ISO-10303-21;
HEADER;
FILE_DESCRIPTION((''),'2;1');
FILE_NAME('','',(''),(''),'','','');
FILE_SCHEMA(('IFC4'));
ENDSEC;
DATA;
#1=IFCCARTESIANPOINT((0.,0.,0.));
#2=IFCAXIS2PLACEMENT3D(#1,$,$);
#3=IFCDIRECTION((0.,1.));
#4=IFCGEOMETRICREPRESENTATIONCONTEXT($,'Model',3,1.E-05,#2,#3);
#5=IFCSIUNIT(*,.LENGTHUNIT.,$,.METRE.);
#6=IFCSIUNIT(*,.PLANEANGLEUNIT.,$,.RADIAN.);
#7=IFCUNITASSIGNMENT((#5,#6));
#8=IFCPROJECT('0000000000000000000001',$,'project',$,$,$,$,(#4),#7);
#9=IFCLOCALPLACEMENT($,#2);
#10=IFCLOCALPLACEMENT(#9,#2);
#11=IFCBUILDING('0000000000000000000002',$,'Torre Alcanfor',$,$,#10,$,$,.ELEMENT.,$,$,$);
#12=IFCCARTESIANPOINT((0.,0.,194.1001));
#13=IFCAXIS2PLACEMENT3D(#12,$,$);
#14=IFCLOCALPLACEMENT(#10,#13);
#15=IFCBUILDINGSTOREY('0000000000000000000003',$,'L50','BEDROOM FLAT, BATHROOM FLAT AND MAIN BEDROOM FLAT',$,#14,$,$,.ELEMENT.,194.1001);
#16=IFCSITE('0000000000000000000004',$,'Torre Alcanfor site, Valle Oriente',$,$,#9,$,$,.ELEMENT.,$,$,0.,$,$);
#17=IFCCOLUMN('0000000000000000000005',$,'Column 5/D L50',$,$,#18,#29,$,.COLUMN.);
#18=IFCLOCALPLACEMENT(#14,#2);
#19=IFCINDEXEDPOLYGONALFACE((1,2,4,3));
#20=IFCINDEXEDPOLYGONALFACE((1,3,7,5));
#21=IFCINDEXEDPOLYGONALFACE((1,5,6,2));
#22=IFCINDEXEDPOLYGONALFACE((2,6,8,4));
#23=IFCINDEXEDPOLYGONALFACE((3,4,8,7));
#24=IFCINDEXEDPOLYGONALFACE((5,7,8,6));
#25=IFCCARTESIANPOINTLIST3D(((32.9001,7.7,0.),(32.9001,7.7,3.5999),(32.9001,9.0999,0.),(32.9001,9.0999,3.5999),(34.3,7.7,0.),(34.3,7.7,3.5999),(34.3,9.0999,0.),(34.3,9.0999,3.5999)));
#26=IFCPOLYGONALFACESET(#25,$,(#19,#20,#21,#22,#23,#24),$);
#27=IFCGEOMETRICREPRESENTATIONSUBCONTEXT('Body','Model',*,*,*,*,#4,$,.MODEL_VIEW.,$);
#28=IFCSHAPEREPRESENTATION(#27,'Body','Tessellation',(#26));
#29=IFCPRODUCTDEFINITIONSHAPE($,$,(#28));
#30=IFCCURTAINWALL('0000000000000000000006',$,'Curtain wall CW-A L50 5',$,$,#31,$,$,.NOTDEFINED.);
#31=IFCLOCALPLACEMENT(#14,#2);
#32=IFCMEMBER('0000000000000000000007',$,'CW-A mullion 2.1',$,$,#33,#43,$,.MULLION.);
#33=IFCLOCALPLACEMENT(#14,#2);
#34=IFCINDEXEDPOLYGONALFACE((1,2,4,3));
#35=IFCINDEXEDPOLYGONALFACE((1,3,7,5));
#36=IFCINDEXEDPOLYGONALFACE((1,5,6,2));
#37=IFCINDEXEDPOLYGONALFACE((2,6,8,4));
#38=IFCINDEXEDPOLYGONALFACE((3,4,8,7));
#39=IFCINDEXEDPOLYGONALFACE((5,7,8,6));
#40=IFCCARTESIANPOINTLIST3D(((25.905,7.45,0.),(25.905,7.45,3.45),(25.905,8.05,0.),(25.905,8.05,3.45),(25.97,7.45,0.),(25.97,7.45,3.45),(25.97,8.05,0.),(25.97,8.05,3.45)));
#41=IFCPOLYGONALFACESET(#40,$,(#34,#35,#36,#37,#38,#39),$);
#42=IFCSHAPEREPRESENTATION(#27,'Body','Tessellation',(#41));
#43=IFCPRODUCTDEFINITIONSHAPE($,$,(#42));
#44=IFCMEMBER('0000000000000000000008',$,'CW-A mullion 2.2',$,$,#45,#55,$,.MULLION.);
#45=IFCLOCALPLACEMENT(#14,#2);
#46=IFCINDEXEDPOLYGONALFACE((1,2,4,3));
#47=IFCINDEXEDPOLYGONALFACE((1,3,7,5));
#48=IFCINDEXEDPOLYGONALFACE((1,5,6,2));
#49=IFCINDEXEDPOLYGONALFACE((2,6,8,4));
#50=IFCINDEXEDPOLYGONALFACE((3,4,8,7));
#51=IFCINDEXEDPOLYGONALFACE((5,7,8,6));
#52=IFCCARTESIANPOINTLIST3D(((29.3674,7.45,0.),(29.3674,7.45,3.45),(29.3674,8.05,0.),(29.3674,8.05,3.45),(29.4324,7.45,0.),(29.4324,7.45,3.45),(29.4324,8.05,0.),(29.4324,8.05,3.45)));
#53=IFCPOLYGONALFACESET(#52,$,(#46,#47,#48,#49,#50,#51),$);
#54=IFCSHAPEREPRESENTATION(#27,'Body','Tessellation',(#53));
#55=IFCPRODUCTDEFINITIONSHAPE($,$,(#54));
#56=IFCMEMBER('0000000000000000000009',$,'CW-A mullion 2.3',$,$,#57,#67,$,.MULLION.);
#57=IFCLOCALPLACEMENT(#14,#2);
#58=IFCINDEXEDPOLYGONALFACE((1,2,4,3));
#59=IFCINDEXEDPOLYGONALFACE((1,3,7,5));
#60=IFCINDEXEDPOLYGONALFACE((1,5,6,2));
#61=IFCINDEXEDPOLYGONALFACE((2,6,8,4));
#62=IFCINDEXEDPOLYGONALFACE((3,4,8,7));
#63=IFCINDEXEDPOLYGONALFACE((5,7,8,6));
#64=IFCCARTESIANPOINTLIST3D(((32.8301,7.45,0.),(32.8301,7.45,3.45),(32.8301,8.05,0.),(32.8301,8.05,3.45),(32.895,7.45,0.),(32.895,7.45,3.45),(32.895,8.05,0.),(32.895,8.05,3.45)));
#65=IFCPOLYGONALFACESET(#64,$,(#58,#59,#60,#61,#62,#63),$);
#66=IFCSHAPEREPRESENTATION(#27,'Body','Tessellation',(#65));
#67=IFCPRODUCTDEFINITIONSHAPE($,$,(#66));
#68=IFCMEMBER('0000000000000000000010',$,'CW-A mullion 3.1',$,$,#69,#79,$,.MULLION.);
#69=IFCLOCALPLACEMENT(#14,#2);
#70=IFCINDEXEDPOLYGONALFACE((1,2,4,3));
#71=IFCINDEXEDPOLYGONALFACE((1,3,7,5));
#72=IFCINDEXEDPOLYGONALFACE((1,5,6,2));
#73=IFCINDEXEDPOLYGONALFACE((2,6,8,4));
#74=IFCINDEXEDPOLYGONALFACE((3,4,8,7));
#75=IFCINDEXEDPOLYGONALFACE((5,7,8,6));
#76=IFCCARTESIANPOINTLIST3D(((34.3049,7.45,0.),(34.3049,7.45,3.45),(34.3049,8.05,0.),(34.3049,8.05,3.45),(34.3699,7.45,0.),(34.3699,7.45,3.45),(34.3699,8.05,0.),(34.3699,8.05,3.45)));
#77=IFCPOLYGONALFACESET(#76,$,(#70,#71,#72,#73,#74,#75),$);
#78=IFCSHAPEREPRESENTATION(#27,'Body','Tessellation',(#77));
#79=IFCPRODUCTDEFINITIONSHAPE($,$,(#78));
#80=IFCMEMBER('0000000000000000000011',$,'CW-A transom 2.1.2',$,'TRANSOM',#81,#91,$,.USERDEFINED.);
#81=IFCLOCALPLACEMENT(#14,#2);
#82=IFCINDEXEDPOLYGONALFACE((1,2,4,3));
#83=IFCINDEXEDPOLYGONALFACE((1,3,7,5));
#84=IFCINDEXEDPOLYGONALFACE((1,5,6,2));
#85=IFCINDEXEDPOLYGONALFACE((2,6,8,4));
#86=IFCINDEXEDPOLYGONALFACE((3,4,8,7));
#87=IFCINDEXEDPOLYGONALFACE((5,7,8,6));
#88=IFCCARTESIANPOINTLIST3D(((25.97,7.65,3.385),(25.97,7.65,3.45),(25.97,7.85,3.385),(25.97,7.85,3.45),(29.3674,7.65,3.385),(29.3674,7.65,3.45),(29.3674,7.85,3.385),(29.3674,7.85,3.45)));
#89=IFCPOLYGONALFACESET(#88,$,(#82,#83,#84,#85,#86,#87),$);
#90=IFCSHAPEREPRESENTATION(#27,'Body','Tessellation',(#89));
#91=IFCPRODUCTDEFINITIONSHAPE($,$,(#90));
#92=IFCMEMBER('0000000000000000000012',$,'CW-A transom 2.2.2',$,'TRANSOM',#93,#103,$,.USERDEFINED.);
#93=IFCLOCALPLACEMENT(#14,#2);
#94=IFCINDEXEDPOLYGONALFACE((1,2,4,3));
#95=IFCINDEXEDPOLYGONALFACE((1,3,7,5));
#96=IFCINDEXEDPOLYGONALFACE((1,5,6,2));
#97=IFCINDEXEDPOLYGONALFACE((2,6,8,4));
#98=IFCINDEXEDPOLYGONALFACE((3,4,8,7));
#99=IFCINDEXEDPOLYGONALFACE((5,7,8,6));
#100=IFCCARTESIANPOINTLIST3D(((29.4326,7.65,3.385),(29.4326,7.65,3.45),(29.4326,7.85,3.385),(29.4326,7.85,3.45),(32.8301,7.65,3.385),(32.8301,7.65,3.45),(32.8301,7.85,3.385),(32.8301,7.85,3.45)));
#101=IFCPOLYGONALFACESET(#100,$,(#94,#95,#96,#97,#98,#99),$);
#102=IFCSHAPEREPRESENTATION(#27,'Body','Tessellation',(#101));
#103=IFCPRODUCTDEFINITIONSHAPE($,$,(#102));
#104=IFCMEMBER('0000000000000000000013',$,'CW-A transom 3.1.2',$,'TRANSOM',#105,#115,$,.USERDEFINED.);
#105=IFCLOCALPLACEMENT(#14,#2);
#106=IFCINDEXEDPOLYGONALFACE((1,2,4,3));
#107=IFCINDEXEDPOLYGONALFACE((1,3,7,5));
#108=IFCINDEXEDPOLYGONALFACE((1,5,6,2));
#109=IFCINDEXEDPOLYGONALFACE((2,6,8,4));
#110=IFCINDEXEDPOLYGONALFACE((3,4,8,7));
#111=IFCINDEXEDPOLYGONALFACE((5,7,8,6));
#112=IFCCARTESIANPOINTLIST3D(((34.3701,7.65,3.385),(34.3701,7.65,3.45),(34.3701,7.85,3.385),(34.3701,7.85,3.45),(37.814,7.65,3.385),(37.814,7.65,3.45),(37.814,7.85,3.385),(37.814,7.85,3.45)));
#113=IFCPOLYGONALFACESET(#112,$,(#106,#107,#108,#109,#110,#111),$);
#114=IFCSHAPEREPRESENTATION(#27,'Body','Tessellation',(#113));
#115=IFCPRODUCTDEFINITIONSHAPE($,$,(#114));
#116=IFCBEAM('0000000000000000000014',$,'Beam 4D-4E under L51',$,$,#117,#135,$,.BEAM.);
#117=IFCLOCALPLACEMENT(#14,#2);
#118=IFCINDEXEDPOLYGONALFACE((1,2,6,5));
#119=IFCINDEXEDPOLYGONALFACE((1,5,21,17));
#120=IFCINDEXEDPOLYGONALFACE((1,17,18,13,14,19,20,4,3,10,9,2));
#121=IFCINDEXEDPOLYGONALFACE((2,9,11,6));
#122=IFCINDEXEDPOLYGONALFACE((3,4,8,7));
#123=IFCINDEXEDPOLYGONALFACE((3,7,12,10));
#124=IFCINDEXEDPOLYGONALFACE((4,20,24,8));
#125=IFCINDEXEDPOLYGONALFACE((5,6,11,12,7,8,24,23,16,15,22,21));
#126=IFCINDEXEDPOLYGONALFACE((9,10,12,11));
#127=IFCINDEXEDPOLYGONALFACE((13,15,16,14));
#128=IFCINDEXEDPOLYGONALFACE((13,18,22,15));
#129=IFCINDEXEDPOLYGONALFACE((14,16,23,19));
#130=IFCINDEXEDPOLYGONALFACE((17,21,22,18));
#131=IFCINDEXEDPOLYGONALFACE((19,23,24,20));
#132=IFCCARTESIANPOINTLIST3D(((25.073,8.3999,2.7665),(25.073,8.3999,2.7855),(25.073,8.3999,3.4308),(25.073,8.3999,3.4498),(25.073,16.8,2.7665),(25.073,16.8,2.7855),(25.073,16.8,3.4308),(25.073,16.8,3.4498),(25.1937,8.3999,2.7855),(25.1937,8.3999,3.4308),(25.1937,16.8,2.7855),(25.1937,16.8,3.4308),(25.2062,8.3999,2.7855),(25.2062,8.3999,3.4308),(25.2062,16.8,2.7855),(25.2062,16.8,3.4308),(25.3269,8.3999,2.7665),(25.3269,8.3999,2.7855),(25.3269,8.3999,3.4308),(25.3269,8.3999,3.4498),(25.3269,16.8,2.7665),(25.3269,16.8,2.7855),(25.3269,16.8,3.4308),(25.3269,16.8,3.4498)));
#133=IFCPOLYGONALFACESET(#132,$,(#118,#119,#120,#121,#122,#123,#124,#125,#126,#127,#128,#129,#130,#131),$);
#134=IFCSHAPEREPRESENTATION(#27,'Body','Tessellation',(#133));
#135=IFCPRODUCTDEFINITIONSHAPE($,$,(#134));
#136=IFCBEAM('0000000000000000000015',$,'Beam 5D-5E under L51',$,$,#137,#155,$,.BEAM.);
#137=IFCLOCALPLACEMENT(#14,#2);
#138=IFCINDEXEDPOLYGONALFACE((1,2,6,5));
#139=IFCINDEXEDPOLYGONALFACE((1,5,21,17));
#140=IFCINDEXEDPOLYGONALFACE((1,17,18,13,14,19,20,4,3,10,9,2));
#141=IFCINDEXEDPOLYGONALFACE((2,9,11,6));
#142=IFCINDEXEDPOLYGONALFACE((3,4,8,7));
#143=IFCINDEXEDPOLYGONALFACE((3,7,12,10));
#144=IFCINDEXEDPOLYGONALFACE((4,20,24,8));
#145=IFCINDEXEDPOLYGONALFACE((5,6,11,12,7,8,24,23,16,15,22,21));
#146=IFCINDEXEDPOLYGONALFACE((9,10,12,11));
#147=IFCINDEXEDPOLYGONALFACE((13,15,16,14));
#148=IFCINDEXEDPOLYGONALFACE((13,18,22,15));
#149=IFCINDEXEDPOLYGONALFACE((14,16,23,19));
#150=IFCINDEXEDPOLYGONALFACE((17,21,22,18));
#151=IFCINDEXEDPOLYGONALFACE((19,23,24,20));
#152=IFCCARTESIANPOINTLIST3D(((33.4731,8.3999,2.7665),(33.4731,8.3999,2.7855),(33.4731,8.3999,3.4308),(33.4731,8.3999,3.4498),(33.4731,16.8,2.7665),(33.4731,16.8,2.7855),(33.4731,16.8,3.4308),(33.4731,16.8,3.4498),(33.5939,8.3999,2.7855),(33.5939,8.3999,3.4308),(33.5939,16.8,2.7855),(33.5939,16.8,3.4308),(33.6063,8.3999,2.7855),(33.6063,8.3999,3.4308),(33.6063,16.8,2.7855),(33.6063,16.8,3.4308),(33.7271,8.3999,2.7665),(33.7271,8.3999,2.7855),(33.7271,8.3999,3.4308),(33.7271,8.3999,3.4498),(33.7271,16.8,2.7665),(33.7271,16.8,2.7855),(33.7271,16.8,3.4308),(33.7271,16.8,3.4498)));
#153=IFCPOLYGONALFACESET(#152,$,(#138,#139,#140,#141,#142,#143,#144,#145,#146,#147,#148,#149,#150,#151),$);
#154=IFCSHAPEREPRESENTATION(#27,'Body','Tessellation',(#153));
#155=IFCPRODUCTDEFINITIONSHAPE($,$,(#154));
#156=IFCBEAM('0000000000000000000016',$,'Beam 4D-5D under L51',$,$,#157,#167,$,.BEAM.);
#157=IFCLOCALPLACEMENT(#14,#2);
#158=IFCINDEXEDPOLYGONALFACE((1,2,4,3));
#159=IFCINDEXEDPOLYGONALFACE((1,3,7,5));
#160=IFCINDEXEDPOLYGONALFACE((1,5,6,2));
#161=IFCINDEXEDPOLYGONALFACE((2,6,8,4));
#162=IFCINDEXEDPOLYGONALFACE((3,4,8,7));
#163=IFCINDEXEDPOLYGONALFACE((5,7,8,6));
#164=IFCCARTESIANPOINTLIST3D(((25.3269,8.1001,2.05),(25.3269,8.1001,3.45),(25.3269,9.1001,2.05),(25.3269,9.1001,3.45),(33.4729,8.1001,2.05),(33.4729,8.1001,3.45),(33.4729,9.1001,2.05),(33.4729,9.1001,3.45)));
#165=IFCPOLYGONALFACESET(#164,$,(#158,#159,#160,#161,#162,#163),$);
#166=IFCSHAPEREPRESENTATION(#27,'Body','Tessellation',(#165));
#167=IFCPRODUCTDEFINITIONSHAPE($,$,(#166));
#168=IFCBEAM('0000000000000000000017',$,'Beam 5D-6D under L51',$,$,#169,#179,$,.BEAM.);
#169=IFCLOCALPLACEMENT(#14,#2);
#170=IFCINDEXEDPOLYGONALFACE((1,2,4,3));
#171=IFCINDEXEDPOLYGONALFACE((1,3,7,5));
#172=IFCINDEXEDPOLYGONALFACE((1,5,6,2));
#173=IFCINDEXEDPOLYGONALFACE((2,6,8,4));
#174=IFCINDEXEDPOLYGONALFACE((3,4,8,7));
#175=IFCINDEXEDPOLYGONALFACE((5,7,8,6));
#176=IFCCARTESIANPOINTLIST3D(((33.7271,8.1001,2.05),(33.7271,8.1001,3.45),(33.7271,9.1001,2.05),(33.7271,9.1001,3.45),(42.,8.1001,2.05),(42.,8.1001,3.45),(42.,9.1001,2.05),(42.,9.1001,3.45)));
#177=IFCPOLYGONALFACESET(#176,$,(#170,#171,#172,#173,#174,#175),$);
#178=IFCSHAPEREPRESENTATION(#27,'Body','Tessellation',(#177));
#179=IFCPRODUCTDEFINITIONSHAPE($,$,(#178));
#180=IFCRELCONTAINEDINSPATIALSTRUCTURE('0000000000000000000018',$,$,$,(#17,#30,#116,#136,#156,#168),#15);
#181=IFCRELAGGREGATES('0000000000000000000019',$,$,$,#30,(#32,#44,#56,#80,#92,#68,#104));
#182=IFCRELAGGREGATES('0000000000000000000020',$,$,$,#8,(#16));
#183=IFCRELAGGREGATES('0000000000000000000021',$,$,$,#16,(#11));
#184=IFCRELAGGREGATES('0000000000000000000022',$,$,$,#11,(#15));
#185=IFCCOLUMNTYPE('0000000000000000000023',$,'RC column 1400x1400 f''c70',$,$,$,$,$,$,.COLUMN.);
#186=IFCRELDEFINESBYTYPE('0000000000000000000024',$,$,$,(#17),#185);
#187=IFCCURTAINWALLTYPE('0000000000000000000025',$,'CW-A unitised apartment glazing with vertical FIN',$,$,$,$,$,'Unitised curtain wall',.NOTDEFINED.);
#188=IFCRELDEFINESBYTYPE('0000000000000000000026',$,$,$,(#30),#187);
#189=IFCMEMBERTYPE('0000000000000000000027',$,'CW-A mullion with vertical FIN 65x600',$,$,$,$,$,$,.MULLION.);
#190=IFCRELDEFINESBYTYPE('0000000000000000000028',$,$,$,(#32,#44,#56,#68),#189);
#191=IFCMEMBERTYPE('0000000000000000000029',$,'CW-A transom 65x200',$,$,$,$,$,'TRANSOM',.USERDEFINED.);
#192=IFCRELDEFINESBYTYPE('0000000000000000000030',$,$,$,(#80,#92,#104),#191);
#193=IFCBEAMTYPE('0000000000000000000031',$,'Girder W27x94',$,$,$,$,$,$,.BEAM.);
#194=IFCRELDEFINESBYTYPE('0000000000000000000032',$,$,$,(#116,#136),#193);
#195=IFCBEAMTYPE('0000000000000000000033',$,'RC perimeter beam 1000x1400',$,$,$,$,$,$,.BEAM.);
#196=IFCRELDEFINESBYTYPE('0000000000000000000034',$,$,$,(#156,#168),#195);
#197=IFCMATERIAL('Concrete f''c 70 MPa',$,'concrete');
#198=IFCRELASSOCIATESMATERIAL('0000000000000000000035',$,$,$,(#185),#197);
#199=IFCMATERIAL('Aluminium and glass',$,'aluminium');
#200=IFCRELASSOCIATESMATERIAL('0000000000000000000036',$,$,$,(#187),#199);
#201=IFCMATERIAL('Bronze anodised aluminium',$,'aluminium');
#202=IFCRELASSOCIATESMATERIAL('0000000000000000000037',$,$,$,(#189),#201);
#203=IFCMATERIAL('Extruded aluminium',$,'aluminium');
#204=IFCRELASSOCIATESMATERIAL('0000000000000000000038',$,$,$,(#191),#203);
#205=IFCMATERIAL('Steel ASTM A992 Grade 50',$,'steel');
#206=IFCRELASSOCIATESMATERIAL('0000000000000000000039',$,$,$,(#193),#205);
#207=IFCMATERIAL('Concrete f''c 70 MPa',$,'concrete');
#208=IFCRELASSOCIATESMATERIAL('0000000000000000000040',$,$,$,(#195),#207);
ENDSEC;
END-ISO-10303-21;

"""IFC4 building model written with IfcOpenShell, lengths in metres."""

from ifc_helpers import new_model, si_unit, direction, frame, origin, origin_2d, place, context, subcontext, project, spatial, rectangle, i_section, extrude, material, material_profile, profile_set, type_object, element, aggregate, save


model = new_model("IFC4")

# Units and contexts
model_context = context("Model", 3, precision=1e-05, world=origin(), true_north=direction((0.0, 1.0)))
body_context = subcontext(model_context, "Body", "Model", "MODEL_VIEW")
ifc_project = project(units=[si_unit("LENGTHUNIT", "METRE"), si_unit("PLANEANGLEUNIT", "RADIAN")], contexts=[model_context])

# Site, building, storey
site_placement = place(None, origin())
site = spatial("IfcSite", under=ifc_project, at=site_placement, Name="Torre Alcanfor site, Valle Oriente", CompositionType="ELEMENT", RefElevation=0.0)
building_placement = place(site_placement, origin())
building = spatial("IfcBuilding", under=site, at=building_placement, Name="Torre Alcanfor", CompositionType="ELEMENT")
storey_placement = place(building_placement, frame((0.0, 0.0, 194.1001)))
storey = spatial("IfcBuildingStorey", under=building, at=storey_placement, Name="L50", Description="BEDROOM FLAT, BATHROOM FLAT AND MAIN BEDROOM FLAT", CompositionType="ELEMENT", Elevation=194.1001)

# Column
ifc_material_1 = material(Name="Concrete f'c 70 MPa", Category="concrete")
ifc_material_profile_1 = material_profile(ifc_material_1, rectangle(XDim=1.3999, YDim=1.3999, at=origin_2d()), Name="1400x1400")
ifc_profile_set_1 = profile_set([ifc_material_profile_1], Name="Concrete f'c 70 MPa")
column_type = type_object("IfcColumnType", Name="RC column 1400x1400 f'c70", PredefinedType="COLUMN", material=ifc_profile_set_1)
column_placement = place(storey_placement, frame((33.6001, 8.3999, 0.0), z_axis=(0.0, 0.0, 1.0), x_axis=(1.0, 0.0, 0.0)))
element("IfcColumn", 1, at=column_placement, inside=storey, type_object=column_type, Name="Column 5/D L50", PredefinedType="COLUMN", context=body_context, shape_type="SweptSolid", body=[
    extrude(rectangle(XDim=1.3999, YDim=1.3999, at=origin_2d()), origin(), (0.0, 0.0, 1.0), 3.5999),
])

# Curtain wall, members
ifc_material_2 = material(Name="Aluminium and glass", Category="aluminium")
curtain_wall_type = type_object("IfcCurtainWallType", Name="CW-A unitised apartment glazing with vertical FIN", ElementType="Unitised curtain wall", PredefinedType="NOTDEFINED", material=ifc_material_2)
curtain_wall_placement = place(storey_placement, origin())
curtain_wall = element("IfcCurtainWall", 2, at=curtain_wall_placement, inside=storey, type_object=curtain_wall_type, Name="Curtain wall CW-A L50 5", PredefinedType="NOTDEFINED")
ifc_material_3 = material(Name="Bronze anodised aluminium", Category="aluminium")
ifc_material_profile_2 = material_profile(ifc_material_3, rectangle(XDim=0.6001, YDim=0.0649, at=origin_2d()), Name="CW-A mullion 65x600")
ifc_profile_set_2 = profile_set([ifc_material_profile_2], Name="Bronze anodised aluminium")
member_type_1 = type_object("IfcMemberType", Name="CW-A mullion with vertical FIN 65x600", PredefinedType="MULLION", material=ifc_profile_set_2)
member_1_placement = place(storey_placement, frame((25.9375, 7.75, 0.0), z_axis=(0.0, 0.0, 1.0), x_axis=(0.0, 1.0, 0.0)))
member_1 = element("IfcMember", 3, at=member_1_placement, type_object=member_type_1, Name="CW-A mullion 2.1", PredefinedType="MULLION", context=body_context, shape_type="SweptSolid", body=[
    extrude(rectangle(XDim=0.6001, YDim=0.0649, at=origin_2d()), origin(), (0.0, 0.0, 1.0), 3.45),
])
member_2_placement = place(storey_placement, frame((29.3999, 7.75, 0.0), z_axis=(0.0, 0.0, 1.0), x_axis=(0.0, 1.0, 0.0)))
member_2 = element("IfcMember", 4, at=member_2_placement, type_object=member_type_1, Name="CW-A mullion 2.2", PredefinedType="MULLION", context=body_context, shape_type="SweptSolid", body=[
    extrude(rectangle(XDim=0.6001, YDim=0.0649, at=origin_2d()), origin(), (0.0, 0.0, 1.0), 3.45),
])
member_3_placement = place(storey_placement, frame((32.8625, 7.75, 0.0), z_axis=(0.0, 0.0, 1.0), x_axis=(0.0, 1.0, 0.0)))
member_3 = element("IfcMember", 5, at=member_3_placement, type_object=member_type_1, Name="CW-A mullion 2.3", PredefinedType="MULLION", context=body_context, shape_type="SweptSolid", body=[
    extrude(rectangle(XDim=0.6001, YDim=0.0649, at=origin_2d()), origin(), (0.0, 0.0, 1.0), 3.45),
])
member_4_placement = place(storey_placement, frame((34.3374, 7.75, 0.0), z_axis=(0.0, 0.0, 1.0), x_axis=(0.0, 1.0, 0.0)))
member_4 = element("IfcMember", 6, at=member_4_placement, type_object=member_type_1, Name="CW-A mullion 3.1", PredefinedType="MULLION", context=body_context, shape_type="SweptSolid", body=[
    extrude(rectangle(XDim=0.6001, YDim=0.0649, at=origin_2d()), origin(), (0.0, 0.0, 1.0), 3.45),
])
ifc_material_4 = material(Name="Extruded aluminium", Category="aluminium")
ifc_material_profile_3 = material_profile(ifc_material_4, rectangle(XDim=0.2, YDim=0.0649, at=origin_2d()), Name="CW-A transom 200x65")
ifc_profile_set_3 = profile_set([ifc_material_profile_3], Name="Extruded aluminium")
member_type_2 = type_object("IfcMemberType", Name="CW-A transom 65x200", ElementType="TRANSOM", PredefinedType="USERDEFINED", material=ifc_profile_set_3)
member_5_placement = place(storey_placement, frame((25.97, 7.75, 3.4175), z_axis=(1.0, 0.0, 0.0), x_axis=(0.0, 1.0, 0.0)))
member_5 = element("IfcMember", 7, at=member_5_placement, type_object=member_type_2, Name="CW-A transom 2.1.2", ObjectType="TRANSOM", PredefinedType="USERDEFINED", context=body_context, shape_type="SweptSolid", body=[
    extrude(rectangle(XDim=0.2, YDim=0.0649, at=origin_2d()), origin(), (0.0, 0.0, 1.0), 3.3975),
])
member_6_placement = place(storey_placement, frame((29.4326, 7.75, 3.4175), z_axis=(1.0, 0.0, 0.0), x_axis=(0.0, 1.0, 0.0)))
member_6 = element("IfcMember", 8, at=member_6_placement, type_object=member_type_2, Name="CW-A transom 2.2.2", ObjectType="TRANSOM", PredefinedType="USERDEFINED", context=body_context, shape_type="SweptSolid", body=[
    extrude(rectangle(XDim=0.2, YDim=0.0649, at=origin_2d()), origin(), (0.0, 0.0, 1.0), 3.3975),
])
member_7_placement = place(storey_placement, frame((34.3701, 7.75, 3.4175), z_axis=(1.0, 0.0, 0.0), x_axis=(0.0, 1.0, 0.0)))
member_7 = element("IfcMember", 9, at=member_7_placement, type_object=member_type_2, Name="CW-A transom 3.1.2", ObjectType="TRANSOM", PredefinedType="USERDEFINED", context=body_context, shape_type="SweptSolid", body=[
    extrude(rectangle(XDim=0.2, YDim=0.0649, at=origin_2d()), origin(), (0.0, 0.0, 1.0), 3.4438),
])

# Beams
ifc_material_5 = material(Name="Steel ASTM A992 Grade 50", Category="steel")
ifc_material_profile_4 = material_profile(ifc_material_5, i_section(OverallWidth=0.2539, OverallDepth=0.6833, WebThickness=0.0125, FlangeThickness=0.019, at=origin_2d()), Name="W27x94")
ifc_profile_set_4 = profile_set([ifc_material_profile_4], Name="Steel ASTM A992 Grade 50")
beam_type_1 = type_object("IfcBeamType", Name="Girder W27x94", PredefinedType="BEAM", material=ifc_profile_set_4)
for number, where, z_axis, x_axis, name in (
    (10, (25.2, 8.3999, 3.1082), (0.0, 1.0, 0.0), (-1.0, 0.0, 0.0), "Beam 4D-4E under L51"),
    (11, (33.6001, 8.3999, 3.1082), (0.0, 1.0, 0.0), (-1.0, 0.0, 0.0), "Beam 5D-5E under L51"),
):
    element("IfcBeam", number, at=place(storey_placement, frame(where, z_axis=z_axis, x_axis=x_axis)), inside=storey, type_object=beam_type_1, Name=name, PredefinedType="BEAM", context=body_context, shape_type="SweptSolid", body=[
        extrude(i_section(OverallWidth=0.2539, OverallDepth=0.6833, WebThickness=0.0125, FlangeThickness=0.019, at=origin_2d()), origin(), (0.0, 0.0, 1.0), 8.4001),
    ])
ifc_material_6 = material(Name="Concrete f'c 70 MPa", Category="concrete")
ifc_material_profile_5 = material_profile(ifc_material_6, rectangle(XDim=1.0, YDim=1.3999, at=origin_2d()), Name="1000x1400")
ifc_profile_set_5 = profile_set([ifc_material_profile_5], Name="Concrete f'c 70 MPa")
beam_type_2 = type_object("IfcBeamType", Name="RC perimeter beam 1000x1400", PredefinedType="BEAM", material=ifc_profile_set_5)
beam_1_placement = place(storey_placement, frame((25.3269, 8.6001, 2.75), z_axis=(1.0, 0.0, 0.0), x_axis=(0.0, 1.0, 0.0)))
element("IfcBeam", 12, at=beam_1_placement, inside=storey, type_object=beam_type_2, Name="Beam 4D-5D under L51", PredefinedType="BEAM", context=body_context, shape_type="SweptSolid", body=[
    extrude(rectangle(XDim=1.0, YDim=1.3999, at=origin_2d()), origin(), (0.0, 0.0, 1.0), 8.146),
])
beam_2_placement = place(storey_placement, frame((33.7271, 8.6001, 2.75), z_axis=(1.0, 0.0, 0.0), x_axis=(0.0, 1.0, 0.0)))
element("IfcBeam", 13, at=beam_2_placement, inside=storey, type_object=beam_type_2, Name="Beam 5D-6D under L51", PredefinedType="BEAM", context=body_context, shape_type="SweptSolid", body=[
    extrude(rectangle(XDim=1.0, YDim=1.3999, at=origin_2d()), origin(), (0.0, 0.0, 1.0), 8.2729),
])

aggregate(curtain_wall, [member_1, member_2, member_3, member_5, member_6, member_4, member_7])

save(model, "model.ifc")
